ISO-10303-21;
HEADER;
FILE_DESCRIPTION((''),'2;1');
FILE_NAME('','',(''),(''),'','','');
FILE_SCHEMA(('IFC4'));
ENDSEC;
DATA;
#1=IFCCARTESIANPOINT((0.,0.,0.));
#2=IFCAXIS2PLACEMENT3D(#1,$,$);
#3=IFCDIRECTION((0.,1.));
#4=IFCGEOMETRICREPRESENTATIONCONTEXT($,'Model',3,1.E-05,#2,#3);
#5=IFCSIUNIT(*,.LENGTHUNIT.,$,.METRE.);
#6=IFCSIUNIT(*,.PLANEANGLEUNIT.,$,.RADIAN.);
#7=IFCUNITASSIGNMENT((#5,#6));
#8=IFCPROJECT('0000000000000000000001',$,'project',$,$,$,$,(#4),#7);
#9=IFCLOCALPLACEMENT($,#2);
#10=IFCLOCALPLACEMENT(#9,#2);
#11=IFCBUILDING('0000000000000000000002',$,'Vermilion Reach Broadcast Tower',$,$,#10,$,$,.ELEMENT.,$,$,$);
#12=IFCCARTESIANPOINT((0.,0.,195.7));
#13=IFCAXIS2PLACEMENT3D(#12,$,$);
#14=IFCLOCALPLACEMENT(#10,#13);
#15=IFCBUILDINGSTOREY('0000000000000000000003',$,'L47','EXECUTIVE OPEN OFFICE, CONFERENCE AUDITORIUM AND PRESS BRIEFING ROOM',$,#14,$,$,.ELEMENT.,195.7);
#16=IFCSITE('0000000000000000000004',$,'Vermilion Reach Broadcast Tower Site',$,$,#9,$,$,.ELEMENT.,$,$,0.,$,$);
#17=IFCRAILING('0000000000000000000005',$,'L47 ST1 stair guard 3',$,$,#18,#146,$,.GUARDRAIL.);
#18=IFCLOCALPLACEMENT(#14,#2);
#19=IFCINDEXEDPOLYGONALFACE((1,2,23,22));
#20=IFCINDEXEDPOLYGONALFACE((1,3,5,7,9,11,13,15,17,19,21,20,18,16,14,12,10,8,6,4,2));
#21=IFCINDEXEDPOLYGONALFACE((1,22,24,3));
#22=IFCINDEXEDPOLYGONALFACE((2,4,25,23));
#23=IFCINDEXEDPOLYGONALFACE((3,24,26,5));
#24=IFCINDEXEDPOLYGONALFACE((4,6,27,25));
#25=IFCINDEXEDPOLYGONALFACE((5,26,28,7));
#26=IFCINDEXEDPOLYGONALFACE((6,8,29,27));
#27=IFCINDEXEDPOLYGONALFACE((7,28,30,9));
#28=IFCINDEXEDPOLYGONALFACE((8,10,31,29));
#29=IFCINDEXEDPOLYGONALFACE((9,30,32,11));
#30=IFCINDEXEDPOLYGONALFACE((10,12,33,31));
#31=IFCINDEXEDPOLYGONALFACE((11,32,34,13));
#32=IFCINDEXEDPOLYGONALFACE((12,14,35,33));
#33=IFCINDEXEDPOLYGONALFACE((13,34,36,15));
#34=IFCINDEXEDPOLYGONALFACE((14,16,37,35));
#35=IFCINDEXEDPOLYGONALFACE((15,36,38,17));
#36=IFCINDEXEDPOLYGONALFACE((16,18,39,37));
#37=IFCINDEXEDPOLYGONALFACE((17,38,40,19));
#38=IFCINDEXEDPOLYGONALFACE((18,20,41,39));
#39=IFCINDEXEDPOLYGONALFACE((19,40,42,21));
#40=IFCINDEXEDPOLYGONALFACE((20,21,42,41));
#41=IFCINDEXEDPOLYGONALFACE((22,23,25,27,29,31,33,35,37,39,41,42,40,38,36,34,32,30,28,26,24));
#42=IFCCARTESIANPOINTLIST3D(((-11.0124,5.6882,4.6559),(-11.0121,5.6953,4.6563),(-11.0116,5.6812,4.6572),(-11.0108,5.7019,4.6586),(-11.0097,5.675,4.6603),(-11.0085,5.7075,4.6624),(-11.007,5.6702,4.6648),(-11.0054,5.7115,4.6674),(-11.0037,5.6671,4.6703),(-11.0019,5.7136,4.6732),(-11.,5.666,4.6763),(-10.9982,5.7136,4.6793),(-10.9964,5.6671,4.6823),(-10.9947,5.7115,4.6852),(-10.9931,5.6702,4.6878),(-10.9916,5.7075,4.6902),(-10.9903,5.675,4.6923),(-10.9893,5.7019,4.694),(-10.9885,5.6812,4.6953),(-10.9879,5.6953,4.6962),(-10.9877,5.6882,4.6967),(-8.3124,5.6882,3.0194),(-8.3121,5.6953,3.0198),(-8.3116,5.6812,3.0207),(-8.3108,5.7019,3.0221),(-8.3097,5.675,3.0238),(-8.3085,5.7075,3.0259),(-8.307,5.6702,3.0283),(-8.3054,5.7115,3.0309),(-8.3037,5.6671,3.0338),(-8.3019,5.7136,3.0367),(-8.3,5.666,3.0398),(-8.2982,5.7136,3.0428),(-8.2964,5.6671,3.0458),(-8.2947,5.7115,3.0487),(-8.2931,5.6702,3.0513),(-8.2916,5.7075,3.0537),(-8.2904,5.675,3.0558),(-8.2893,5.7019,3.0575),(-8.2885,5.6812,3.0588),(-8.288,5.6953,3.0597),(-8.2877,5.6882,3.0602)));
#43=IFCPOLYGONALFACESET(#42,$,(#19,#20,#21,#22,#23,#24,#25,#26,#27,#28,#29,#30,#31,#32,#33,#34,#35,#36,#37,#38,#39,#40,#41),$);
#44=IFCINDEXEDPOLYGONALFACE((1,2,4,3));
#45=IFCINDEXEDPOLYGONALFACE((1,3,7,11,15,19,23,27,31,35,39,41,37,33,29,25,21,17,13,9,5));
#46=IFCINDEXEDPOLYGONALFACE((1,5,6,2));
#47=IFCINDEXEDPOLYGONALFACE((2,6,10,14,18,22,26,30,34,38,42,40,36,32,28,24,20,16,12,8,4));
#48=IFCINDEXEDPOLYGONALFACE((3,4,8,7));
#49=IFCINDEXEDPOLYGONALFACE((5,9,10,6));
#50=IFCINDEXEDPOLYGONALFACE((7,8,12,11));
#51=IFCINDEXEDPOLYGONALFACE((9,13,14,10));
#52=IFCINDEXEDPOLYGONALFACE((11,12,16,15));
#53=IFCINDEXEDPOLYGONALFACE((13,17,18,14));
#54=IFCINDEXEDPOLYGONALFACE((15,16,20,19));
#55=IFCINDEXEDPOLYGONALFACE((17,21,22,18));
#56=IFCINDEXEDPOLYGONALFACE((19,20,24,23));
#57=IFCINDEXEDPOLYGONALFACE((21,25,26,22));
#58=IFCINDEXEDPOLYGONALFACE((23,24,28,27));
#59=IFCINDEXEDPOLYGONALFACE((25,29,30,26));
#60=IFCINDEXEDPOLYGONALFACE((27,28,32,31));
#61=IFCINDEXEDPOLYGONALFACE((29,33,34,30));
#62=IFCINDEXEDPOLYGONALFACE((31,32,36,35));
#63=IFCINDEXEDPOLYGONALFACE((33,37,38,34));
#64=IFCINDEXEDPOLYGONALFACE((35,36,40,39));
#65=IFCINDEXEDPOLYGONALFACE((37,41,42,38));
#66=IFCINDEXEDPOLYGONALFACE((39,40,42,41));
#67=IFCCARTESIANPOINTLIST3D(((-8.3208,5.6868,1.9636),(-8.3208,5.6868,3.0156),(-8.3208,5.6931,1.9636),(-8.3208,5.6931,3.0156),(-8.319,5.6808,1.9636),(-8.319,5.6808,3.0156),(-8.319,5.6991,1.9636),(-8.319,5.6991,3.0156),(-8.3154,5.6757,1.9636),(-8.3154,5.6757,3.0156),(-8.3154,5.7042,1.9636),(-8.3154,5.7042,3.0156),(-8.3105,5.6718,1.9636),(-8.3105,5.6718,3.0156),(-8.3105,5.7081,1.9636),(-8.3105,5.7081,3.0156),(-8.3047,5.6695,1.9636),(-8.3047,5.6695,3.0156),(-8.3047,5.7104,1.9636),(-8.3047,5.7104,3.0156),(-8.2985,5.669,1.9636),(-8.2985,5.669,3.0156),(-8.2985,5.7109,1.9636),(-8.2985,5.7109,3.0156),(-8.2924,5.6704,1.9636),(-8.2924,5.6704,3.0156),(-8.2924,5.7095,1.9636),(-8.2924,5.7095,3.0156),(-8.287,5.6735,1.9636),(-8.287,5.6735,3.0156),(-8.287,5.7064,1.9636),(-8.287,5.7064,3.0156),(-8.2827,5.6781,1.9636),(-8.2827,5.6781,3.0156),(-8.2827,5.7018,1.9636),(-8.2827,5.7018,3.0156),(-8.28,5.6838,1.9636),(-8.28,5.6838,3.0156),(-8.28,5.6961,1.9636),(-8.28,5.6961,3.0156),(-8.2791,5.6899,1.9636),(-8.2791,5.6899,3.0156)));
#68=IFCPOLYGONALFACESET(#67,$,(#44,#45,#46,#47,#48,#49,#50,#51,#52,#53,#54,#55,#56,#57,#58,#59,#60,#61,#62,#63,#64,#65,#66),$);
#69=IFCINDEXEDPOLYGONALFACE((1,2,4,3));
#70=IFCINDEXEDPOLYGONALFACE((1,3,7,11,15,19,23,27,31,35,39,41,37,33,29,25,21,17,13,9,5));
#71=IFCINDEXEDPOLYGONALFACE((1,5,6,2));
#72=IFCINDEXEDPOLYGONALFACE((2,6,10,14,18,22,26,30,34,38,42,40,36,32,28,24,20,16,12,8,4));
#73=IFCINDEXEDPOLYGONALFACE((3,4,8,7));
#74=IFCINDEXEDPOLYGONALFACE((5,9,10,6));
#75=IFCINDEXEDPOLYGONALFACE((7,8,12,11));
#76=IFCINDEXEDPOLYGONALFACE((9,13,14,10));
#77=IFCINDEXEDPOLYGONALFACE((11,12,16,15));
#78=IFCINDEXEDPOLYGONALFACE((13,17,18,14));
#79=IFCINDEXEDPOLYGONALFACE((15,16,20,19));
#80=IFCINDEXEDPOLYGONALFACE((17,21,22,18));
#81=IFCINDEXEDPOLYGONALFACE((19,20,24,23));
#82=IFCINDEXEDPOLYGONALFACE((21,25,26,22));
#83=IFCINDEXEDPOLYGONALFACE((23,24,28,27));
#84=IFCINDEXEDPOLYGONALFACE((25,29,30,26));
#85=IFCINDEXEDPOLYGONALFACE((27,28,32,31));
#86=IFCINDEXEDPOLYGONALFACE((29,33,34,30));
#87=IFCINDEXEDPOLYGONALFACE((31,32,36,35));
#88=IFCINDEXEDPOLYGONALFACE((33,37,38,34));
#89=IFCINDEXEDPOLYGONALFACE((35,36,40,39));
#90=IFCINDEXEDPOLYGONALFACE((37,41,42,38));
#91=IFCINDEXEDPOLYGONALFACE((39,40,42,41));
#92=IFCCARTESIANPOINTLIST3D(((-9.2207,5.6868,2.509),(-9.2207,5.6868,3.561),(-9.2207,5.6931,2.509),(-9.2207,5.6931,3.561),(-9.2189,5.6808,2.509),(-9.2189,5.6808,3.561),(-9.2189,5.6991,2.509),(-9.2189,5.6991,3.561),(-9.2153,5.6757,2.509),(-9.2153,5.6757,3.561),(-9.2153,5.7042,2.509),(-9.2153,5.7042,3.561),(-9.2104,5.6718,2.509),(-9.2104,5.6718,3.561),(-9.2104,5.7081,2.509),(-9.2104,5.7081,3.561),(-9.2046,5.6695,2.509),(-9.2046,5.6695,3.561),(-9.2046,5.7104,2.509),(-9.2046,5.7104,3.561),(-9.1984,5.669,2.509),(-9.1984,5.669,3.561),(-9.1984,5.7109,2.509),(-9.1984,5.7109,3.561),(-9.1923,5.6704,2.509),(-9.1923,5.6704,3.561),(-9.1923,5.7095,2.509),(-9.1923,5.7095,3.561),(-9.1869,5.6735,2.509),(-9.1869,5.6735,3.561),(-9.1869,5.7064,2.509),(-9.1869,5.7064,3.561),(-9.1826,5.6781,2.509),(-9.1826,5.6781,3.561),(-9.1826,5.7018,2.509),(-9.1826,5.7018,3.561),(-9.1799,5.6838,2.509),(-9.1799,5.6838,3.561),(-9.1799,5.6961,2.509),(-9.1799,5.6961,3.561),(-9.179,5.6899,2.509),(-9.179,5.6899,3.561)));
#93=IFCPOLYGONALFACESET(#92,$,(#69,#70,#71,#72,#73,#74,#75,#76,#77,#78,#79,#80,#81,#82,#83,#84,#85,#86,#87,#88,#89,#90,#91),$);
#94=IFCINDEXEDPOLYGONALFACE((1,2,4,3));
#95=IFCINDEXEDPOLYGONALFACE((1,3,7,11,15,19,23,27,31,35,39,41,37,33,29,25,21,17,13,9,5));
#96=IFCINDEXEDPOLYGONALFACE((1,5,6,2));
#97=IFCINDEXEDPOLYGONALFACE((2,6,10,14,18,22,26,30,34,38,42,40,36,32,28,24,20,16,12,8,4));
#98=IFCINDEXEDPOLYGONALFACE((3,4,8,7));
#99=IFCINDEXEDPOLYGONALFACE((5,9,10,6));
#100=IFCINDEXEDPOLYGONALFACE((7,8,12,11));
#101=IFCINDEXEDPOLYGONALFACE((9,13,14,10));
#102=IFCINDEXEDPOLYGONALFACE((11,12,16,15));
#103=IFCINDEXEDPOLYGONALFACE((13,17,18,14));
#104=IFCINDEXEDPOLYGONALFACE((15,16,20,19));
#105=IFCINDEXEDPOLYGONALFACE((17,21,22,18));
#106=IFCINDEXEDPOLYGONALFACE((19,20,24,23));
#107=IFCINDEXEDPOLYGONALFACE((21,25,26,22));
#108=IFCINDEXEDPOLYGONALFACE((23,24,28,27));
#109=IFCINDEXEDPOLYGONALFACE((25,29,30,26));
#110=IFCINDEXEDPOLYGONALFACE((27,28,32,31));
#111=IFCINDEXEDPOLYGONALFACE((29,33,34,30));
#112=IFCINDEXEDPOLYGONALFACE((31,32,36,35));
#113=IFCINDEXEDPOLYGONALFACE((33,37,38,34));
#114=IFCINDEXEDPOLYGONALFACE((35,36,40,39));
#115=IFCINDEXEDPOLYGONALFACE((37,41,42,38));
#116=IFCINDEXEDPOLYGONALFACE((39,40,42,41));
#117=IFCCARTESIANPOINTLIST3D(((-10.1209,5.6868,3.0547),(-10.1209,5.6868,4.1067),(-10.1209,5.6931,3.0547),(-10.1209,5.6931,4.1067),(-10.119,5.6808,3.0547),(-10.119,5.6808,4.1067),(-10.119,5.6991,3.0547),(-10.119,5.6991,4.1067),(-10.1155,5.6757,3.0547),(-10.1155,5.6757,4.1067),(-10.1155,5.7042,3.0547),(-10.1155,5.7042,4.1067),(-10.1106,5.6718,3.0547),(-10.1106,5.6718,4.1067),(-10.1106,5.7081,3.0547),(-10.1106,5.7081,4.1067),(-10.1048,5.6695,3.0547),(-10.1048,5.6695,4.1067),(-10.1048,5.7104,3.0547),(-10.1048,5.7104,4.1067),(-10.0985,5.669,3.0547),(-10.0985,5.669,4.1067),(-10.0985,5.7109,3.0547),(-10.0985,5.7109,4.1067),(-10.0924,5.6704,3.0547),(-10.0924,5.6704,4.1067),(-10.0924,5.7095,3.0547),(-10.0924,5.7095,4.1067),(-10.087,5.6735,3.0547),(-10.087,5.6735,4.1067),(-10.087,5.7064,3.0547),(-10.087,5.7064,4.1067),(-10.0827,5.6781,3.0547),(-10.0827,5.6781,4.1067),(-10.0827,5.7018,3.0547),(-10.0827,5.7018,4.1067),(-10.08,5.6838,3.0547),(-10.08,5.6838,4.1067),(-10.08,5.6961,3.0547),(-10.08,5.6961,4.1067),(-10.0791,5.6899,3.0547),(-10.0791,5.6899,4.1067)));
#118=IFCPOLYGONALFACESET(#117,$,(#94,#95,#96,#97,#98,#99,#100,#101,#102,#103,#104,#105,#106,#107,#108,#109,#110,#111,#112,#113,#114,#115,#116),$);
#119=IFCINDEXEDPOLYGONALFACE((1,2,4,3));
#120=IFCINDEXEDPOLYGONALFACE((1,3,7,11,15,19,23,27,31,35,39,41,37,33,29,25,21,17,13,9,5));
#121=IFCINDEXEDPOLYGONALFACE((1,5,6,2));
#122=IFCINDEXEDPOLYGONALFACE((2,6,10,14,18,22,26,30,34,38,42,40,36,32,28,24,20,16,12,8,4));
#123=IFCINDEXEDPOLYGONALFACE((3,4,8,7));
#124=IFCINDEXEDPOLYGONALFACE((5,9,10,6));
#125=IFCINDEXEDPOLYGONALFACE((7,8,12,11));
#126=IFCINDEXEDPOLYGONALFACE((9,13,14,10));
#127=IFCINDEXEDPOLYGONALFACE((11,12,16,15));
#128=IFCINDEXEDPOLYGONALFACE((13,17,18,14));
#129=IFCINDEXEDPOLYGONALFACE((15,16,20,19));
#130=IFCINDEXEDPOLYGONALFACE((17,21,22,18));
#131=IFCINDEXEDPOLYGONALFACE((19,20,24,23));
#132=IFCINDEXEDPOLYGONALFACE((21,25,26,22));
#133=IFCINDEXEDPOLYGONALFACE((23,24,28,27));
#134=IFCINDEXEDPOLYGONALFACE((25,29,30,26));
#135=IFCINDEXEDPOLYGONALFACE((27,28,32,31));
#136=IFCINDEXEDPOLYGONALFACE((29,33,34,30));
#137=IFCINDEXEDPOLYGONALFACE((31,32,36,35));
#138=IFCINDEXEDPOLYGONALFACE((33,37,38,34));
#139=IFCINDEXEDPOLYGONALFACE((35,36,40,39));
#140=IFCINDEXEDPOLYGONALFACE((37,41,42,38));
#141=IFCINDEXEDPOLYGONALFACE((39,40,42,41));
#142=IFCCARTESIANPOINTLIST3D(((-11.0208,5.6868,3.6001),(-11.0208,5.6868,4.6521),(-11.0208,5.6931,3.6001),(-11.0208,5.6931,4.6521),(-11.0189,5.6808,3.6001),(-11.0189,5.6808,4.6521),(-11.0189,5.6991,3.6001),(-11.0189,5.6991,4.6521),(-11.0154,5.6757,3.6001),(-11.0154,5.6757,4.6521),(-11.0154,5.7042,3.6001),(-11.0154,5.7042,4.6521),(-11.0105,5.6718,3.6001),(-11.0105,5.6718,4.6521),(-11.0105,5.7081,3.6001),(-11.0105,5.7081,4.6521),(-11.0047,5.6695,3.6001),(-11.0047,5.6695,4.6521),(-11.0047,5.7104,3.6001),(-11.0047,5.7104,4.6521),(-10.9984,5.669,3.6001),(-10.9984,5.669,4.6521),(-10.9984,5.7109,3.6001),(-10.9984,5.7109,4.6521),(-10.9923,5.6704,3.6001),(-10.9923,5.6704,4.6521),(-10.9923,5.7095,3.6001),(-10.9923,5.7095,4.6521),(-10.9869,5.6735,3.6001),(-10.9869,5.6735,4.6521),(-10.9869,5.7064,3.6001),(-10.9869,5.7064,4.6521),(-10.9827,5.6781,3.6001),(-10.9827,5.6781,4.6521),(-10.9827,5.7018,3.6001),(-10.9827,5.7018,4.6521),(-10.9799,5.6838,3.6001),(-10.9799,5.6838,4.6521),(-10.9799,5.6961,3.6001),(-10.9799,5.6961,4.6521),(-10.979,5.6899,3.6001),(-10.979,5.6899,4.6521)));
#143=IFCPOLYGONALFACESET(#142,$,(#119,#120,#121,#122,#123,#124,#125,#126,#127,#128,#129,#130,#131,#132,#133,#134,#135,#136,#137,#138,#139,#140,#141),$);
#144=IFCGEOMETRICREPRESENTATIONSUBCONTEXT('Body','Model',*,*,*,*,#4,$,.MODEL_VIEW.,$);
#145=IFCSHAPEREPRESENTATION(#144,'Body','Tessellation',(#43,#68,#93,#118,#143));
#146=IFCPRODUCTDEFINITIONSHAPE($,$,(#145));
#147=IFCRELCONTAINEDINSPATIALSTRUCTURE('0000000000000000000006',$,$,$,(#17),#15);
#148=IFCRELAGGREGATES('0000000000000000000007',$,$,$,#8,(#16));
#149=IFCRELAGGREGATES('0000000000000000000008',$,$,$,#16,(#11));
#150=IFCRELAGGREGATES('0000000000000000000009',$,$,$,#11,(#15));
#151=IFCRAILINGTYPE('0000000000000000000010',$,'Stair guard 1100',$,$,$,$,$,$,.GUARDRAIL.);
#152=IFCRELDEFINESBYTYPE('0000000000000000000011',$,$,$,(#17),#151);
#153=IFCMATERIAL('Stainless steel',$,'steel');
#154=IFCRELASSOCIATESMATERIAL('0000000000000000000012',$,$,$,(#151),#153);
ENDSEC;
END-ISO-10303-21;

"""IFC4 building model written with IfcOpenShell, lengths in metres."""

from ifc_helpers import new_model, si_unit, direction, frame, origin, origin_2d, place, context, subcontext, project, spatial, circle, extrude, material, type_object, element, save


model = new_model("IFC4")

# Units and contexts
model_context = context("Model", 3, precision=1e-05, world=origin(), true_north=direction((0.0, 1.0)))
body_context = subcontext(model_context, "Body", "Model", "MODEL_VIEW")
ifc_project = project(units=[si_unit("LENGTHUNIT", "METRE"), si_unit("PLANEANGLEUNIT", "RADIAN")], contexts=[model_context])

# Site, building, storey
site_placement = place(None, origin())
site = spatial("IfcSite", under=ifc_project, at=site_placement, Name="Vermilion Reach Broadcast Tower Site", CompositionType="ELEMENT", RefElevation=0.0)
building_placement = place(site_placement, origin())
building = spatial("IfcBuilding", under=site, at=building_placement, Name="Vermilion Reach Broadcast Tower", CompositionType="ELEMENT")
storey_placement = place(building_placement, frame((0.0, 0.0, 195.7)))
storey = spatial("IfcBuildingStorey", under=building, at=storey_placement, Name="L47", Description="EXECUTIVE OPEN OFFICE, CONFERENCE AUDITORIUM AND PRESS BRIEFING ROOM", CompositionType="ELEMENT", Elevation=195.7)

# Railing
ifc_material_1 = material(Name="Stainless steel", Category="steel")
railing_type_1 = type_object("IfcRailingType", Name="Stair guard 1100", PredefinedType="GUARDRAIL", material=ifc_material_1)
railing_1_placement = place(storey_placement, frame((-8.3, 5.6899, 1.9636)))
element("IfcRailing", 1, at=railing_1_placement, inside=storey, type_object=railing_type_1, Name="L47 ST1 stair guard 3", PredefinedType="GUARDRAIL", context=body_context, shape_type="SweptSolid", body=[
    extrude(circle(Radius=0.0239, at=origin_2d()), frame((0.0, 0.0, 1.0762), z_axis=(-0.855178, 0.0, 0.518334), x_axis=(0.0, -1.0, 0.0)), (0.0, 0.0, 1.0), 3.1572),
    extrude(circle(Radius=0.021, at=origin_2d()), origin(), (0.0, 0.0, 1.0), 1.052),
    extrude(circle(Radius=0.021, at=origin_2d()), frame((-0.8999, 0.0, 0.5454)), (0.0, 0.0, 1.0), 1.052),
    extrude(circle(Radius=0.021, at=origin_2d()), frame((-1.8, 0.0, 1.0911)), (0.0, 0.0, 1.0), 1.052),
    extrude(circle(Radius=0.021, at=origin_2d()), frame((-2.7, 0.0, 1.6365)), (0.0, 0.0, 1.0), 1.052),
])

save(model, "model.ifc")
